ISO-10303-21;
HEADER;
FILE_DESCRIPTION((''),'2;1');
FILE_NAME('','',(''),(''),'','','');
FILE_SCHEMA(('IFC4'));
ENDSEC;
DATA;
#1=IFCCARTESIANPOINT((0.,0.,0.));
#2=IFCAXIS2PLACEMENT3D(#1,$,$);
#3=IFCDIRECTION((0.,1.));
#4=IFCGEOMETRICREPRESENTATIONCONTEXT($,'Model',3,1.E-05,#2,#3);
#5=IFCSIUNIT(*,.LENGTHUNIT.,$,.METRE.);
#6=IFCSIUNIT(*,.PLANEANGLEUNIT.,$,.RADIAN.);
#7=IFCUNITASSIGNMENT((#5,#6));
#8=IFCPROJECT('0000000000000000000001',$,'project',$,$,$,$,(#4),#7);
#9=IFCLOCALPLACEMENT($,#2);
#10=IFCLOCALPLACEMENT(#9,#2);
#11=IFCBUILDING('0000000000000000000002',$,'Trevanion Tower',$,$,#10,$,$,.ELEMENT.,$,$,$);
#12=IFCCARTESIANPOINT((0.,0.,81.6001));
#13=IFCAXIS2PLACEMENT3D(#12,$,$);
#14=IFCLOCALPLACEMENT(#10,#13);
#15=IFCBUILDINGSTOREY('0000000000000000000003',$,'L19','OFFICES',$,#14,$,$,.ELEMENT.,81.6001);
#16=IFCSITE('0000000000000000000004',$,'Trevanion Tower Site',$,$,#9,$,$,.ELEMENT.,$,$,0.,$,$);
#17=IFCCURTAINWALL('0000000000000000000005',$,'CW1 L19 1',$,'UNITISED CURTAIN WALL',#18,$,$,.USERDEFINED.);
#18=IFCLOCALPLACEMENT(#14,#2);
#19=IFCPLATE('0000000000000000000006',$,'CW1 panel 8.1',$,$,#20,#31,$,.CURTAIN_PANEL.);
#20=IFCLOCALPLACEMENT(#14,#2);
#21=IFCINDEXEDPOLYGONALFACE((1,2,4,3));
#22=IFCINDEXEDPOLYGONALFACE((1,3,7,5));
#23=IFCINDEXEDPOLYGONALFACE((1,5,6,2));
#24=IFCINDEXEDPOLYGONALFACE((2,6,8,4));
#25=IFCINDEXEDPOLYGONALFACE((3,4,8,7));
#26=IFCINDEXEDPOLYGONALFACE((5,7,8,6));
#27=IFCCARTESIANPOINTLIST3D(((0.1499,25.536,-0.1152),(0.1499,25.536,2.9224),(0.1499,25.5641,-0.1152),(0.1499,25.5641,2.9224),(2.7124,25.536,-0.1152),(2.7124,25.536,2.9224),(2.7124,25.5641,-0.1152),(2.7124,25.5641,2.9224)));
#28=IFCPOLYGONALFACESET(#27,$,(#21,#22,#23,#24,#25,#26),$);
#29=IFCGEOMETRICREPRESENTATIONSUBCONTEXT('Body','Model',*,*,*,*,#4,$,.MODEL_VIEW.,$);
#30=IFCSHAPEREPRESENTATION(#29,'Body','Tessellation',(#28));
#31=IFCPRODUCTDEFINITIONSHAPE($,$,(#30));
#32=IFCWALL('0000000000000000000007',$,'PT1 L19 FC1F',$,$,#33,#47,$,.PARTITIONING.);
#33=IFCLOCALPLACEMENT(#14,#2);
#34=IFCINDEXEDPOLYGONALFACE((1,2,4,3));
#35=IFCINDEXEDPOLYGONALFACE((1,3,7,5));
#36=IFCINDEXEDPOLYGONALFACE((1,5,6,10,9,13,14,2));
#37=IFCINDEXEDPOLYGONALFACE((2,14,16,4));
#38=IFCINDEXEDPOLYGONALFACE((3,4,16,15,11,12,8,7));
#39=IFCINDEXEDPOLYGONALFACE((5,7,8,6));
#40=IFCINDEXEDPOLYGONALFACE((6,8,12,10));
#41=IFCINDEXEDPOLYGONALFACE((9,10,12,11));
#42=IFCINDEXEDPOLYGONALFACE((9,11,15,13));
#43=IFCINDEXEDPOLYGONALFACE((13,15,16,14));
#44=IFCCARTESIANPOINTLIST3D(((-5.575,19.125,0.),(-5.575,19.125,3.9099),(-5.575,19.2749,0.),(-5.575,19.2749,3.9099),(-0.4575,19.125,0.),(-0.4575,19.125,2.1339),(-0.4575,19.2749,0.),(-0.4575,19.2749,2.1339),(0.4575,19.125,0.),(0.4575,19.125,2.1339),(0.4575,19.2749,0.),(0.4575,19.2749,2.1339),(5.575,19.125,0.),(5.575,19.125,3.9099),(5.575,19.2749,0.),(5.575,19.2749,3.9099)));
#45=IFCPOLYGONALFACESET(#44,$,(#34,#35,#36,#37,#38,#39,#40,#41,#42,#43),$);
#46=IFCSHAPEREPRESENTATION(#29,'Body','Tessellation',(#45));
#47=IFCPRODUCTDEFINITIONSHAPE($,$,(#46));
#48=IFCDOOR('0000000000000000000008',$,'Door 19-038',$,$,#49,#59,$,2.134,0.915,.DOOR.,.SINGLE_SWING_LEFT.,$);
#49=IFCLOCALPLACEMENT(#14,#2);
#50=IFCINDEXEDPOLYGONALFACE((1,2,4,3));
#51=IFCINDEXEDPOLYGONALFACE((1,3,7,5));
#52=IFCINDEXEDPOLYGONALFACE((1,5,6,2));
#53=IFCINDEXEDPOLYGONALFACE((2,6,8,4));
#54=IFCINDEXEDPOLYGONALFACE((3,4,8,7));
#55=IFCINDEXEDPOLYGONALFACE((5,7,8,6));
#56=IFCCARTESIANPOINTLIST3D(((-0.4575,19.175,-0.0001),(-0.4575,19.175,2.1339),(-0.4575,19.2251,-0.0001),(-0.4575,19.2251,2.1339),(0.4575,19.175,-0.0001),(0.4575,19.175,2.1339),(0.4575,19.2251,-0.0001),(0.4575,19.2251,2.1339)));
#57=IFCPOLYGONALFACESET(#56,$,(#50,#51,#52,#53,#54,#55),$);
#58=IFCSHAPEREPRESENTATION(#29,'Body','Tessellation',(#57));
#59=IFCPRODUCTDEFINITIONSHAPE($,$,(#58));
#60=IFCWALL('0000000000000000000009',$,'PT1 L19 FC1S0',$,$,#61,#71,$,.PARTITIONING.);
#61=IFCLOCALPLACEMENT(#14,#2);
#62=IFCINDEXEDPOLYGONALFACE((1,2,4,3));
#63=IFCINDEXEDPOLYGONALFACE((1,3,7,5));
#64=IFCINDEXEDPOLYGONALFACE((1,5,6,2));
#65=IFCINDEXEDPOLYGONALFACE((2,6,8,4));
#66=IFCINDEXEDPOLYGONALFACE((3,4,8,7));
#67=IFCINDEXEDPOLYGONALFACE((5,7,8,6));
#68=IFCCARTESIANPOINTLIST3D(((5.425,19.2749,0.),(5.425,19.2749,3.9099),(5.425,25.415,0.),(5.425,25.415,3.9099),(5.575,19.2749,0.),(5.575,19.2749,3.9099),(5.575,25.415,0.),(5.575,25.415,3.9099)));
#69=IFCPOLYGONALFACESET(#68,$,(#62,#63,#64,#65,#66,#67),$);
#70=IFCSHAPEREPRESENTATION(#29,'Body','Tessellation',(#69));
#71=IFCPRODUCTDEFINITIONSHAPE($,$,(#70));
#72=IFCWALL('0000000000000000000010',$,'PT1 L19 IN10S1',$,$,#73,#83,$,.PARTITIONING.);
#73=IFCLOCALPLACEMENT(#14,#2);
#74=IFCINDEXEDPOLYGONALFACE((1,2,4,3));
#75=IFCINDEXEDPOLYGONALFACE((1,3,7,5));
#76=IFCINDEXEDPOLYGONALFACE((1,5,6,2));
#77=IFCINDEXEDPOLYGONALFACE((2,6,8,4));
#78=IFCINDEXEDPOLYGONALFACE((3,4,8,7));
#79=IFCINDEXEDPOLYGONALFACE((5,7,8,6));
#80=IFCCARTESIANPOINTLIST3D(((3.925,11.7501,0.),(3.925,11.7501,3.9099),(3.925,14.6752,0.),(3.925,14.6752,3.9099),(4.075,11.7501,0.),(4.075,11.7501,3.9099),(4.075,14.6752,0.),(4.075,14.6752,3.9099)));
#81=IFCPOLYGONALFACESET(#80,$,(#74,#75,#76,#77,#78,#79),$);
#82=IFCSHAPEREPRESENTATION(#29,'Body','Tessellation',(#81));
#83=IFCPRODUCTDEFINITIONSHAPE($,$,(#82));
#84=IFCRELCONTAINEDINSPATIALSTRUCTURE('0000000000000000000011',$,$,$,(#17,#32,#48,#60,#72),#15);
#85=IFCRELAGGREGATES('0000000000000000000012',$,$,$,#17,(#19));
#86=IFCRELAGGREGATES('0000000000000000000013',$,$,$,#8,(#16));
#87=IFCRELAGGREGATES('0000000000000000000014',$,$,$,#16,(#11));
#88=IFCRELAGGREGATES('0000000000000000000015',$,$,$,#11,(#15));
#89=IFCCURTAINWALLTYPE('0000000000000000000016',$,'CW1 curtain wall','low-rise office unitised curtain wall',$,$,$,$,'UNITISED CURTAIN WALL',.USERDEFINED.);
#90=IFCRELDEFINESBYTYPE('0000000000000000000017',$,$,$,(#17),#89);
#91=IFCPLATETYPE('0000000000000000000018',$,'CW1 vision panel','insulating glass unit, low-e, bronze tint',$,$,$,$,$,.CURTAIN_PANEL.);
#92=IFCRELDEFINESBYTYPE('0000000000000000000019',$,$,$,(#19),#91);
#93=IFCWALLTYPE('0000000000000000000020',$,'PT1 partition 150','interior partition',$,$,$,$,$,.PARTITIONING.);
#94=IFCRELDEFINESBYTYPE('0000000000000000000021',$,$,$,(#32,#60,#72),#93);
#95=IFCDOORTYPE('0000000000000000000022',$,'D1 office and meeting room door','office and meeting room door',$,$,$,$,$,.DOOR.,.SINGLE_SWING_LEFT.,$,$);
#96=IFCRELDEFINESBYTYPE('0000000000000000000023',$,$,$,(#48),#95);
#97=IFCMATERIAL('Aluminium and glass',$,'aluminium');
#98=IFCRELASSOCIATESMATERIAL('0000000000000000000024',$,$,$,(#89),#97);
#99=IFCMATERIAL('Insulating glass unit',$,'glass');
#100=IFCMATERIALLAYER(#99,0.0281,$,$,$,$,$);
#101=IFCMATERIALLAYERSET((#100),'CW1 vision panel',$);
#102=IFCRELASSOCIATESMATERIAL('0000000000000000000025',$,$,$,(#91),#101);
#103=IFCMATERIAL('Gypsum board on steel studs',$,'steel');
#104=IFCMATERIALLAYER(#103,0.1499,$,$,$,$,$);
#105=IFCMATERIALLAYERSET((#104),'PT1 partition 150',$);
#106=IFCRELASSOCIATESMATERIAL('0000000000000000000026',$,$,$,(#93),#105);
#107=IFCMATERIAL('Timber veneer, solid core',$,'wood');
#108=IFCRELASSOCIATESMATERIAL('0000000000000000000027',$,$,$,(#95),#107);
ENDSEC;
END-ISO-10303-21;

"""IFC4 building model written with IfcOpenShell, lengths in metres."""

from ifc_helpers import new_model, si_unit, direction, frame, frame_2d, origin, origin_2d, place, context, subcontext, project, spatial, rectangle, extrude, material, layer, layer_set, type_object, element, fill, aggregate, save


model = new_model("IFC4")

# Units and contexts
model_context = context("Model", 3, precision=1e-05, world=origin(), true_north=direction((0.0, 1.0)))
body_context = subcontext(model_context, "Body", "Model", "MODEL_VIEW")
ifc_project = project(units=[si_unit("LENGTHUNIT", "METRE"), si_unit("PLANEANGLEUNIT", "RADIAN")], contexts=[model_context])

# Site, building, storey
site_placement = place(None, origin())
site = spatial("IfcSite", under=ifc_project, at=site_placement, Name="Trevanion Tower Site", CompositionType="ELEMENT", RefElevation=0.0)
building_placement = place(site_placement, origin())
building = spatial("IfcBuilding", under=site, at=building_placement, Name="Trevanion Tower", CompositionType="ELEMENT")
storey_placement = place(building_placement, frame((0.0, 0.0, 81.6001)))
storey = spatial("IfcBuildingStorey", under=building, at=storey_placement, Name="L19", Description="OFFICES", CompositionType="ELEMENT", Elevation=81.6001)

# Curtain wall, plate
ifc_material_1 = material(Name="Aluminium and glass", Category="aluminium")
curtain_wall_type = type_object("IfcCurtainWallType", Name="CW1 curtain wall", Description="low-rise office unitised curtain wall", ElementType="UNITISED CURTAIN WALL", PredefinedType="USERDEFINED", material=ifc_material_1)
curtain_wall_placement = place(storey_placement, origin())
curtain_wall = element("IfcCurtainWall", 1, at=curtain_wall_placement, inside=storey, type_object=curtain_wall_type, Name="CW1 L19 1", ObjectType="UNITISED CURTAIN WALL", PredefinedType="USERDEFINED")
ifc_material_2 = material(Name="Insulating glass unit", Category="glass")
ifc_layer_1 = layer(ifc_material_2, 0.0281)
ifc_layer_set_1 = layer_set([ifc_layer_1], Name="CW1 vision panel")
plate_type_1 = type_object("IfcPlateType", Name="CW1 vision panel", Description="insulating glass unit, low-e, bronze tint", PredefinedType="CURTAIN_PANEL", material=ifc_layer_set_1)
plate_1_placement = place(storey_placement, frame((1.4312, 25.55, -0.1152), z_axis=(0.0, 0.0, 1.0), x_axis=(-1.0, 0.0, 0.0)))
plate_1 = element("IfcPlate", 2, at=plate_1_placement, type_object=plate_type_1, Name="CW1 panel 8.1", PredefinedType="CURTAIN_PANEL", context=body_context, shape_type="SweptSolid", body=[
    extrude(rectangle(XDim=2.5625, YDim=0.0281, at=origin_2d()), origin(), (0.0, 0.0, 1.0), 3.0376),
])
aggregate(curtain_wall, [plate_1])

# Wall, opening, door
ifc_material_3 = material(Name="Gypsum board on steel studs", Category="steel")
ifc_layer_2 = layer(ifc_material_3, 0.1499)
ifc_layer_set_2 = layer_set([ifc_layer_2], Name="PT1 partition 150")
wall_type = type_object("IfcWallType", Name="PT1 partition 150", Description="interior partition", PredefinedType="PARTITIONING", material=ifc_layer_set_2)
wall_1_placement = place(storey_placement, frame((5.575, 19.2, 0.0), z_axis=(0.0, 0.0, 1.0), x_axis=(-1.0, 0.0, 0.0)))
wall_1 = element("IfcWall", 3, at=wall_1_placement, inside=storey, type_object=wall_type, Name="PT1 L19 FC1F", PredefinedType="PARTITIONING", context=body_context, shape_type="SweptSolid", body=[
    extrude(rectangle(XDim=11.1499, YDim=0.1499, at=frame_2d((5.575, 0.0))), origin(), (0.0, 0.0, 1.0), 3.9099),
])
opening_placement = place(wall_1_placement, frame((5.1174, 0.0, 0.0)))
opening = element("IfcOpeningElement", 4, at=opening_placement, cuts=wall_1, PredefinedType="OPENING", context=body_context, shape_type="SweptSolid", body=[
    extrude(rectangle(XDim=0.915, YDim=2.134, at=frame_2d((0.4575, 1.0669))), frame((0.0, 0.085, 0.0), z_axis=(0.0, -1.0, 0.0), x_axis=(1.0, 0.0, 0.0)), (0.0, 0.0, 1.0), 0.1699),
])
ifc_material_4 = material(Name="Timber veneer, solid core", Category="wood")
door_type = type_object("IfcDoorType", Name="D1 office and meeting room door", Description="office and meeting room door", OperationType="SINGLE_SWING_LEFT", PredefinedType="DOOR", material=ifc_material_4)
door_placement = place(opening_placement, origin())
door = element("IfcDoor", 5, at=door_placement, inside=storey, type_object=door_type, Name="Door 19-038", OperationType="SINGLE_SWING_LEFT", OverallHeight=2.134, OverallWidth=0.915, PredefinedType="DOOR", context=body_context, shape_type="SweptSolid", body=[
    extrude(rectangle(XDim=0.915, YDim=2.134, at=frame_2d((0.4575, 1.0669))), frame((0.0, 0.0249, 0.0), z_axis=(0.0, -1.0, 0.0), x_axis=(1.0, 0.0, 0.0)), (0.0, 0.0, 1.0), 0.05),
])
fill(opening, door)

# Walls
wall_2_placement = place(storey_placement, frame((5.5, 19.2749, 0.0), z_axis=(0.0, 0.0, 1.0), x_axis=(0.0, 1.0, 0.0)))
element("IfcWall", 6, at=wall_2_placement, inside=storey, type_object=wall_type, Name="PT1 L19 FC1S0", PredefinedType="PARTITIONING", context=body_context, shape_type="SweptSolid", body=[
    extrude(rectangle(XDim=6.1401, YDim=0.1499, at=frame_2d((3.0701, 0.0))), origin(), (0.0, 0.0, 1.0), 3.9099),
])
wall_3_placement = place(storey_placement, frame((4.0, 14.675, 0.0), z_axis=(0.0, 0.0, 1.0), x_axis=(0.0, -1.0, 0.0)))
element("IfcWall", 7, at=wall_3_placement, inside=storey, type_object=wall_type, Name="PT1 L19 IN10S1", PredefinedType="PARTITIONING", context=body_context, shape_type="SweptSolid", body=[
    extrude(rectangle(XDim=2.925, YDim=0.1499, at=frame_2d((1.4624, 0.0))), origin(), (0.0, 0.0, 1.0), 3.9099),
])

save(model, "model.ifc")
